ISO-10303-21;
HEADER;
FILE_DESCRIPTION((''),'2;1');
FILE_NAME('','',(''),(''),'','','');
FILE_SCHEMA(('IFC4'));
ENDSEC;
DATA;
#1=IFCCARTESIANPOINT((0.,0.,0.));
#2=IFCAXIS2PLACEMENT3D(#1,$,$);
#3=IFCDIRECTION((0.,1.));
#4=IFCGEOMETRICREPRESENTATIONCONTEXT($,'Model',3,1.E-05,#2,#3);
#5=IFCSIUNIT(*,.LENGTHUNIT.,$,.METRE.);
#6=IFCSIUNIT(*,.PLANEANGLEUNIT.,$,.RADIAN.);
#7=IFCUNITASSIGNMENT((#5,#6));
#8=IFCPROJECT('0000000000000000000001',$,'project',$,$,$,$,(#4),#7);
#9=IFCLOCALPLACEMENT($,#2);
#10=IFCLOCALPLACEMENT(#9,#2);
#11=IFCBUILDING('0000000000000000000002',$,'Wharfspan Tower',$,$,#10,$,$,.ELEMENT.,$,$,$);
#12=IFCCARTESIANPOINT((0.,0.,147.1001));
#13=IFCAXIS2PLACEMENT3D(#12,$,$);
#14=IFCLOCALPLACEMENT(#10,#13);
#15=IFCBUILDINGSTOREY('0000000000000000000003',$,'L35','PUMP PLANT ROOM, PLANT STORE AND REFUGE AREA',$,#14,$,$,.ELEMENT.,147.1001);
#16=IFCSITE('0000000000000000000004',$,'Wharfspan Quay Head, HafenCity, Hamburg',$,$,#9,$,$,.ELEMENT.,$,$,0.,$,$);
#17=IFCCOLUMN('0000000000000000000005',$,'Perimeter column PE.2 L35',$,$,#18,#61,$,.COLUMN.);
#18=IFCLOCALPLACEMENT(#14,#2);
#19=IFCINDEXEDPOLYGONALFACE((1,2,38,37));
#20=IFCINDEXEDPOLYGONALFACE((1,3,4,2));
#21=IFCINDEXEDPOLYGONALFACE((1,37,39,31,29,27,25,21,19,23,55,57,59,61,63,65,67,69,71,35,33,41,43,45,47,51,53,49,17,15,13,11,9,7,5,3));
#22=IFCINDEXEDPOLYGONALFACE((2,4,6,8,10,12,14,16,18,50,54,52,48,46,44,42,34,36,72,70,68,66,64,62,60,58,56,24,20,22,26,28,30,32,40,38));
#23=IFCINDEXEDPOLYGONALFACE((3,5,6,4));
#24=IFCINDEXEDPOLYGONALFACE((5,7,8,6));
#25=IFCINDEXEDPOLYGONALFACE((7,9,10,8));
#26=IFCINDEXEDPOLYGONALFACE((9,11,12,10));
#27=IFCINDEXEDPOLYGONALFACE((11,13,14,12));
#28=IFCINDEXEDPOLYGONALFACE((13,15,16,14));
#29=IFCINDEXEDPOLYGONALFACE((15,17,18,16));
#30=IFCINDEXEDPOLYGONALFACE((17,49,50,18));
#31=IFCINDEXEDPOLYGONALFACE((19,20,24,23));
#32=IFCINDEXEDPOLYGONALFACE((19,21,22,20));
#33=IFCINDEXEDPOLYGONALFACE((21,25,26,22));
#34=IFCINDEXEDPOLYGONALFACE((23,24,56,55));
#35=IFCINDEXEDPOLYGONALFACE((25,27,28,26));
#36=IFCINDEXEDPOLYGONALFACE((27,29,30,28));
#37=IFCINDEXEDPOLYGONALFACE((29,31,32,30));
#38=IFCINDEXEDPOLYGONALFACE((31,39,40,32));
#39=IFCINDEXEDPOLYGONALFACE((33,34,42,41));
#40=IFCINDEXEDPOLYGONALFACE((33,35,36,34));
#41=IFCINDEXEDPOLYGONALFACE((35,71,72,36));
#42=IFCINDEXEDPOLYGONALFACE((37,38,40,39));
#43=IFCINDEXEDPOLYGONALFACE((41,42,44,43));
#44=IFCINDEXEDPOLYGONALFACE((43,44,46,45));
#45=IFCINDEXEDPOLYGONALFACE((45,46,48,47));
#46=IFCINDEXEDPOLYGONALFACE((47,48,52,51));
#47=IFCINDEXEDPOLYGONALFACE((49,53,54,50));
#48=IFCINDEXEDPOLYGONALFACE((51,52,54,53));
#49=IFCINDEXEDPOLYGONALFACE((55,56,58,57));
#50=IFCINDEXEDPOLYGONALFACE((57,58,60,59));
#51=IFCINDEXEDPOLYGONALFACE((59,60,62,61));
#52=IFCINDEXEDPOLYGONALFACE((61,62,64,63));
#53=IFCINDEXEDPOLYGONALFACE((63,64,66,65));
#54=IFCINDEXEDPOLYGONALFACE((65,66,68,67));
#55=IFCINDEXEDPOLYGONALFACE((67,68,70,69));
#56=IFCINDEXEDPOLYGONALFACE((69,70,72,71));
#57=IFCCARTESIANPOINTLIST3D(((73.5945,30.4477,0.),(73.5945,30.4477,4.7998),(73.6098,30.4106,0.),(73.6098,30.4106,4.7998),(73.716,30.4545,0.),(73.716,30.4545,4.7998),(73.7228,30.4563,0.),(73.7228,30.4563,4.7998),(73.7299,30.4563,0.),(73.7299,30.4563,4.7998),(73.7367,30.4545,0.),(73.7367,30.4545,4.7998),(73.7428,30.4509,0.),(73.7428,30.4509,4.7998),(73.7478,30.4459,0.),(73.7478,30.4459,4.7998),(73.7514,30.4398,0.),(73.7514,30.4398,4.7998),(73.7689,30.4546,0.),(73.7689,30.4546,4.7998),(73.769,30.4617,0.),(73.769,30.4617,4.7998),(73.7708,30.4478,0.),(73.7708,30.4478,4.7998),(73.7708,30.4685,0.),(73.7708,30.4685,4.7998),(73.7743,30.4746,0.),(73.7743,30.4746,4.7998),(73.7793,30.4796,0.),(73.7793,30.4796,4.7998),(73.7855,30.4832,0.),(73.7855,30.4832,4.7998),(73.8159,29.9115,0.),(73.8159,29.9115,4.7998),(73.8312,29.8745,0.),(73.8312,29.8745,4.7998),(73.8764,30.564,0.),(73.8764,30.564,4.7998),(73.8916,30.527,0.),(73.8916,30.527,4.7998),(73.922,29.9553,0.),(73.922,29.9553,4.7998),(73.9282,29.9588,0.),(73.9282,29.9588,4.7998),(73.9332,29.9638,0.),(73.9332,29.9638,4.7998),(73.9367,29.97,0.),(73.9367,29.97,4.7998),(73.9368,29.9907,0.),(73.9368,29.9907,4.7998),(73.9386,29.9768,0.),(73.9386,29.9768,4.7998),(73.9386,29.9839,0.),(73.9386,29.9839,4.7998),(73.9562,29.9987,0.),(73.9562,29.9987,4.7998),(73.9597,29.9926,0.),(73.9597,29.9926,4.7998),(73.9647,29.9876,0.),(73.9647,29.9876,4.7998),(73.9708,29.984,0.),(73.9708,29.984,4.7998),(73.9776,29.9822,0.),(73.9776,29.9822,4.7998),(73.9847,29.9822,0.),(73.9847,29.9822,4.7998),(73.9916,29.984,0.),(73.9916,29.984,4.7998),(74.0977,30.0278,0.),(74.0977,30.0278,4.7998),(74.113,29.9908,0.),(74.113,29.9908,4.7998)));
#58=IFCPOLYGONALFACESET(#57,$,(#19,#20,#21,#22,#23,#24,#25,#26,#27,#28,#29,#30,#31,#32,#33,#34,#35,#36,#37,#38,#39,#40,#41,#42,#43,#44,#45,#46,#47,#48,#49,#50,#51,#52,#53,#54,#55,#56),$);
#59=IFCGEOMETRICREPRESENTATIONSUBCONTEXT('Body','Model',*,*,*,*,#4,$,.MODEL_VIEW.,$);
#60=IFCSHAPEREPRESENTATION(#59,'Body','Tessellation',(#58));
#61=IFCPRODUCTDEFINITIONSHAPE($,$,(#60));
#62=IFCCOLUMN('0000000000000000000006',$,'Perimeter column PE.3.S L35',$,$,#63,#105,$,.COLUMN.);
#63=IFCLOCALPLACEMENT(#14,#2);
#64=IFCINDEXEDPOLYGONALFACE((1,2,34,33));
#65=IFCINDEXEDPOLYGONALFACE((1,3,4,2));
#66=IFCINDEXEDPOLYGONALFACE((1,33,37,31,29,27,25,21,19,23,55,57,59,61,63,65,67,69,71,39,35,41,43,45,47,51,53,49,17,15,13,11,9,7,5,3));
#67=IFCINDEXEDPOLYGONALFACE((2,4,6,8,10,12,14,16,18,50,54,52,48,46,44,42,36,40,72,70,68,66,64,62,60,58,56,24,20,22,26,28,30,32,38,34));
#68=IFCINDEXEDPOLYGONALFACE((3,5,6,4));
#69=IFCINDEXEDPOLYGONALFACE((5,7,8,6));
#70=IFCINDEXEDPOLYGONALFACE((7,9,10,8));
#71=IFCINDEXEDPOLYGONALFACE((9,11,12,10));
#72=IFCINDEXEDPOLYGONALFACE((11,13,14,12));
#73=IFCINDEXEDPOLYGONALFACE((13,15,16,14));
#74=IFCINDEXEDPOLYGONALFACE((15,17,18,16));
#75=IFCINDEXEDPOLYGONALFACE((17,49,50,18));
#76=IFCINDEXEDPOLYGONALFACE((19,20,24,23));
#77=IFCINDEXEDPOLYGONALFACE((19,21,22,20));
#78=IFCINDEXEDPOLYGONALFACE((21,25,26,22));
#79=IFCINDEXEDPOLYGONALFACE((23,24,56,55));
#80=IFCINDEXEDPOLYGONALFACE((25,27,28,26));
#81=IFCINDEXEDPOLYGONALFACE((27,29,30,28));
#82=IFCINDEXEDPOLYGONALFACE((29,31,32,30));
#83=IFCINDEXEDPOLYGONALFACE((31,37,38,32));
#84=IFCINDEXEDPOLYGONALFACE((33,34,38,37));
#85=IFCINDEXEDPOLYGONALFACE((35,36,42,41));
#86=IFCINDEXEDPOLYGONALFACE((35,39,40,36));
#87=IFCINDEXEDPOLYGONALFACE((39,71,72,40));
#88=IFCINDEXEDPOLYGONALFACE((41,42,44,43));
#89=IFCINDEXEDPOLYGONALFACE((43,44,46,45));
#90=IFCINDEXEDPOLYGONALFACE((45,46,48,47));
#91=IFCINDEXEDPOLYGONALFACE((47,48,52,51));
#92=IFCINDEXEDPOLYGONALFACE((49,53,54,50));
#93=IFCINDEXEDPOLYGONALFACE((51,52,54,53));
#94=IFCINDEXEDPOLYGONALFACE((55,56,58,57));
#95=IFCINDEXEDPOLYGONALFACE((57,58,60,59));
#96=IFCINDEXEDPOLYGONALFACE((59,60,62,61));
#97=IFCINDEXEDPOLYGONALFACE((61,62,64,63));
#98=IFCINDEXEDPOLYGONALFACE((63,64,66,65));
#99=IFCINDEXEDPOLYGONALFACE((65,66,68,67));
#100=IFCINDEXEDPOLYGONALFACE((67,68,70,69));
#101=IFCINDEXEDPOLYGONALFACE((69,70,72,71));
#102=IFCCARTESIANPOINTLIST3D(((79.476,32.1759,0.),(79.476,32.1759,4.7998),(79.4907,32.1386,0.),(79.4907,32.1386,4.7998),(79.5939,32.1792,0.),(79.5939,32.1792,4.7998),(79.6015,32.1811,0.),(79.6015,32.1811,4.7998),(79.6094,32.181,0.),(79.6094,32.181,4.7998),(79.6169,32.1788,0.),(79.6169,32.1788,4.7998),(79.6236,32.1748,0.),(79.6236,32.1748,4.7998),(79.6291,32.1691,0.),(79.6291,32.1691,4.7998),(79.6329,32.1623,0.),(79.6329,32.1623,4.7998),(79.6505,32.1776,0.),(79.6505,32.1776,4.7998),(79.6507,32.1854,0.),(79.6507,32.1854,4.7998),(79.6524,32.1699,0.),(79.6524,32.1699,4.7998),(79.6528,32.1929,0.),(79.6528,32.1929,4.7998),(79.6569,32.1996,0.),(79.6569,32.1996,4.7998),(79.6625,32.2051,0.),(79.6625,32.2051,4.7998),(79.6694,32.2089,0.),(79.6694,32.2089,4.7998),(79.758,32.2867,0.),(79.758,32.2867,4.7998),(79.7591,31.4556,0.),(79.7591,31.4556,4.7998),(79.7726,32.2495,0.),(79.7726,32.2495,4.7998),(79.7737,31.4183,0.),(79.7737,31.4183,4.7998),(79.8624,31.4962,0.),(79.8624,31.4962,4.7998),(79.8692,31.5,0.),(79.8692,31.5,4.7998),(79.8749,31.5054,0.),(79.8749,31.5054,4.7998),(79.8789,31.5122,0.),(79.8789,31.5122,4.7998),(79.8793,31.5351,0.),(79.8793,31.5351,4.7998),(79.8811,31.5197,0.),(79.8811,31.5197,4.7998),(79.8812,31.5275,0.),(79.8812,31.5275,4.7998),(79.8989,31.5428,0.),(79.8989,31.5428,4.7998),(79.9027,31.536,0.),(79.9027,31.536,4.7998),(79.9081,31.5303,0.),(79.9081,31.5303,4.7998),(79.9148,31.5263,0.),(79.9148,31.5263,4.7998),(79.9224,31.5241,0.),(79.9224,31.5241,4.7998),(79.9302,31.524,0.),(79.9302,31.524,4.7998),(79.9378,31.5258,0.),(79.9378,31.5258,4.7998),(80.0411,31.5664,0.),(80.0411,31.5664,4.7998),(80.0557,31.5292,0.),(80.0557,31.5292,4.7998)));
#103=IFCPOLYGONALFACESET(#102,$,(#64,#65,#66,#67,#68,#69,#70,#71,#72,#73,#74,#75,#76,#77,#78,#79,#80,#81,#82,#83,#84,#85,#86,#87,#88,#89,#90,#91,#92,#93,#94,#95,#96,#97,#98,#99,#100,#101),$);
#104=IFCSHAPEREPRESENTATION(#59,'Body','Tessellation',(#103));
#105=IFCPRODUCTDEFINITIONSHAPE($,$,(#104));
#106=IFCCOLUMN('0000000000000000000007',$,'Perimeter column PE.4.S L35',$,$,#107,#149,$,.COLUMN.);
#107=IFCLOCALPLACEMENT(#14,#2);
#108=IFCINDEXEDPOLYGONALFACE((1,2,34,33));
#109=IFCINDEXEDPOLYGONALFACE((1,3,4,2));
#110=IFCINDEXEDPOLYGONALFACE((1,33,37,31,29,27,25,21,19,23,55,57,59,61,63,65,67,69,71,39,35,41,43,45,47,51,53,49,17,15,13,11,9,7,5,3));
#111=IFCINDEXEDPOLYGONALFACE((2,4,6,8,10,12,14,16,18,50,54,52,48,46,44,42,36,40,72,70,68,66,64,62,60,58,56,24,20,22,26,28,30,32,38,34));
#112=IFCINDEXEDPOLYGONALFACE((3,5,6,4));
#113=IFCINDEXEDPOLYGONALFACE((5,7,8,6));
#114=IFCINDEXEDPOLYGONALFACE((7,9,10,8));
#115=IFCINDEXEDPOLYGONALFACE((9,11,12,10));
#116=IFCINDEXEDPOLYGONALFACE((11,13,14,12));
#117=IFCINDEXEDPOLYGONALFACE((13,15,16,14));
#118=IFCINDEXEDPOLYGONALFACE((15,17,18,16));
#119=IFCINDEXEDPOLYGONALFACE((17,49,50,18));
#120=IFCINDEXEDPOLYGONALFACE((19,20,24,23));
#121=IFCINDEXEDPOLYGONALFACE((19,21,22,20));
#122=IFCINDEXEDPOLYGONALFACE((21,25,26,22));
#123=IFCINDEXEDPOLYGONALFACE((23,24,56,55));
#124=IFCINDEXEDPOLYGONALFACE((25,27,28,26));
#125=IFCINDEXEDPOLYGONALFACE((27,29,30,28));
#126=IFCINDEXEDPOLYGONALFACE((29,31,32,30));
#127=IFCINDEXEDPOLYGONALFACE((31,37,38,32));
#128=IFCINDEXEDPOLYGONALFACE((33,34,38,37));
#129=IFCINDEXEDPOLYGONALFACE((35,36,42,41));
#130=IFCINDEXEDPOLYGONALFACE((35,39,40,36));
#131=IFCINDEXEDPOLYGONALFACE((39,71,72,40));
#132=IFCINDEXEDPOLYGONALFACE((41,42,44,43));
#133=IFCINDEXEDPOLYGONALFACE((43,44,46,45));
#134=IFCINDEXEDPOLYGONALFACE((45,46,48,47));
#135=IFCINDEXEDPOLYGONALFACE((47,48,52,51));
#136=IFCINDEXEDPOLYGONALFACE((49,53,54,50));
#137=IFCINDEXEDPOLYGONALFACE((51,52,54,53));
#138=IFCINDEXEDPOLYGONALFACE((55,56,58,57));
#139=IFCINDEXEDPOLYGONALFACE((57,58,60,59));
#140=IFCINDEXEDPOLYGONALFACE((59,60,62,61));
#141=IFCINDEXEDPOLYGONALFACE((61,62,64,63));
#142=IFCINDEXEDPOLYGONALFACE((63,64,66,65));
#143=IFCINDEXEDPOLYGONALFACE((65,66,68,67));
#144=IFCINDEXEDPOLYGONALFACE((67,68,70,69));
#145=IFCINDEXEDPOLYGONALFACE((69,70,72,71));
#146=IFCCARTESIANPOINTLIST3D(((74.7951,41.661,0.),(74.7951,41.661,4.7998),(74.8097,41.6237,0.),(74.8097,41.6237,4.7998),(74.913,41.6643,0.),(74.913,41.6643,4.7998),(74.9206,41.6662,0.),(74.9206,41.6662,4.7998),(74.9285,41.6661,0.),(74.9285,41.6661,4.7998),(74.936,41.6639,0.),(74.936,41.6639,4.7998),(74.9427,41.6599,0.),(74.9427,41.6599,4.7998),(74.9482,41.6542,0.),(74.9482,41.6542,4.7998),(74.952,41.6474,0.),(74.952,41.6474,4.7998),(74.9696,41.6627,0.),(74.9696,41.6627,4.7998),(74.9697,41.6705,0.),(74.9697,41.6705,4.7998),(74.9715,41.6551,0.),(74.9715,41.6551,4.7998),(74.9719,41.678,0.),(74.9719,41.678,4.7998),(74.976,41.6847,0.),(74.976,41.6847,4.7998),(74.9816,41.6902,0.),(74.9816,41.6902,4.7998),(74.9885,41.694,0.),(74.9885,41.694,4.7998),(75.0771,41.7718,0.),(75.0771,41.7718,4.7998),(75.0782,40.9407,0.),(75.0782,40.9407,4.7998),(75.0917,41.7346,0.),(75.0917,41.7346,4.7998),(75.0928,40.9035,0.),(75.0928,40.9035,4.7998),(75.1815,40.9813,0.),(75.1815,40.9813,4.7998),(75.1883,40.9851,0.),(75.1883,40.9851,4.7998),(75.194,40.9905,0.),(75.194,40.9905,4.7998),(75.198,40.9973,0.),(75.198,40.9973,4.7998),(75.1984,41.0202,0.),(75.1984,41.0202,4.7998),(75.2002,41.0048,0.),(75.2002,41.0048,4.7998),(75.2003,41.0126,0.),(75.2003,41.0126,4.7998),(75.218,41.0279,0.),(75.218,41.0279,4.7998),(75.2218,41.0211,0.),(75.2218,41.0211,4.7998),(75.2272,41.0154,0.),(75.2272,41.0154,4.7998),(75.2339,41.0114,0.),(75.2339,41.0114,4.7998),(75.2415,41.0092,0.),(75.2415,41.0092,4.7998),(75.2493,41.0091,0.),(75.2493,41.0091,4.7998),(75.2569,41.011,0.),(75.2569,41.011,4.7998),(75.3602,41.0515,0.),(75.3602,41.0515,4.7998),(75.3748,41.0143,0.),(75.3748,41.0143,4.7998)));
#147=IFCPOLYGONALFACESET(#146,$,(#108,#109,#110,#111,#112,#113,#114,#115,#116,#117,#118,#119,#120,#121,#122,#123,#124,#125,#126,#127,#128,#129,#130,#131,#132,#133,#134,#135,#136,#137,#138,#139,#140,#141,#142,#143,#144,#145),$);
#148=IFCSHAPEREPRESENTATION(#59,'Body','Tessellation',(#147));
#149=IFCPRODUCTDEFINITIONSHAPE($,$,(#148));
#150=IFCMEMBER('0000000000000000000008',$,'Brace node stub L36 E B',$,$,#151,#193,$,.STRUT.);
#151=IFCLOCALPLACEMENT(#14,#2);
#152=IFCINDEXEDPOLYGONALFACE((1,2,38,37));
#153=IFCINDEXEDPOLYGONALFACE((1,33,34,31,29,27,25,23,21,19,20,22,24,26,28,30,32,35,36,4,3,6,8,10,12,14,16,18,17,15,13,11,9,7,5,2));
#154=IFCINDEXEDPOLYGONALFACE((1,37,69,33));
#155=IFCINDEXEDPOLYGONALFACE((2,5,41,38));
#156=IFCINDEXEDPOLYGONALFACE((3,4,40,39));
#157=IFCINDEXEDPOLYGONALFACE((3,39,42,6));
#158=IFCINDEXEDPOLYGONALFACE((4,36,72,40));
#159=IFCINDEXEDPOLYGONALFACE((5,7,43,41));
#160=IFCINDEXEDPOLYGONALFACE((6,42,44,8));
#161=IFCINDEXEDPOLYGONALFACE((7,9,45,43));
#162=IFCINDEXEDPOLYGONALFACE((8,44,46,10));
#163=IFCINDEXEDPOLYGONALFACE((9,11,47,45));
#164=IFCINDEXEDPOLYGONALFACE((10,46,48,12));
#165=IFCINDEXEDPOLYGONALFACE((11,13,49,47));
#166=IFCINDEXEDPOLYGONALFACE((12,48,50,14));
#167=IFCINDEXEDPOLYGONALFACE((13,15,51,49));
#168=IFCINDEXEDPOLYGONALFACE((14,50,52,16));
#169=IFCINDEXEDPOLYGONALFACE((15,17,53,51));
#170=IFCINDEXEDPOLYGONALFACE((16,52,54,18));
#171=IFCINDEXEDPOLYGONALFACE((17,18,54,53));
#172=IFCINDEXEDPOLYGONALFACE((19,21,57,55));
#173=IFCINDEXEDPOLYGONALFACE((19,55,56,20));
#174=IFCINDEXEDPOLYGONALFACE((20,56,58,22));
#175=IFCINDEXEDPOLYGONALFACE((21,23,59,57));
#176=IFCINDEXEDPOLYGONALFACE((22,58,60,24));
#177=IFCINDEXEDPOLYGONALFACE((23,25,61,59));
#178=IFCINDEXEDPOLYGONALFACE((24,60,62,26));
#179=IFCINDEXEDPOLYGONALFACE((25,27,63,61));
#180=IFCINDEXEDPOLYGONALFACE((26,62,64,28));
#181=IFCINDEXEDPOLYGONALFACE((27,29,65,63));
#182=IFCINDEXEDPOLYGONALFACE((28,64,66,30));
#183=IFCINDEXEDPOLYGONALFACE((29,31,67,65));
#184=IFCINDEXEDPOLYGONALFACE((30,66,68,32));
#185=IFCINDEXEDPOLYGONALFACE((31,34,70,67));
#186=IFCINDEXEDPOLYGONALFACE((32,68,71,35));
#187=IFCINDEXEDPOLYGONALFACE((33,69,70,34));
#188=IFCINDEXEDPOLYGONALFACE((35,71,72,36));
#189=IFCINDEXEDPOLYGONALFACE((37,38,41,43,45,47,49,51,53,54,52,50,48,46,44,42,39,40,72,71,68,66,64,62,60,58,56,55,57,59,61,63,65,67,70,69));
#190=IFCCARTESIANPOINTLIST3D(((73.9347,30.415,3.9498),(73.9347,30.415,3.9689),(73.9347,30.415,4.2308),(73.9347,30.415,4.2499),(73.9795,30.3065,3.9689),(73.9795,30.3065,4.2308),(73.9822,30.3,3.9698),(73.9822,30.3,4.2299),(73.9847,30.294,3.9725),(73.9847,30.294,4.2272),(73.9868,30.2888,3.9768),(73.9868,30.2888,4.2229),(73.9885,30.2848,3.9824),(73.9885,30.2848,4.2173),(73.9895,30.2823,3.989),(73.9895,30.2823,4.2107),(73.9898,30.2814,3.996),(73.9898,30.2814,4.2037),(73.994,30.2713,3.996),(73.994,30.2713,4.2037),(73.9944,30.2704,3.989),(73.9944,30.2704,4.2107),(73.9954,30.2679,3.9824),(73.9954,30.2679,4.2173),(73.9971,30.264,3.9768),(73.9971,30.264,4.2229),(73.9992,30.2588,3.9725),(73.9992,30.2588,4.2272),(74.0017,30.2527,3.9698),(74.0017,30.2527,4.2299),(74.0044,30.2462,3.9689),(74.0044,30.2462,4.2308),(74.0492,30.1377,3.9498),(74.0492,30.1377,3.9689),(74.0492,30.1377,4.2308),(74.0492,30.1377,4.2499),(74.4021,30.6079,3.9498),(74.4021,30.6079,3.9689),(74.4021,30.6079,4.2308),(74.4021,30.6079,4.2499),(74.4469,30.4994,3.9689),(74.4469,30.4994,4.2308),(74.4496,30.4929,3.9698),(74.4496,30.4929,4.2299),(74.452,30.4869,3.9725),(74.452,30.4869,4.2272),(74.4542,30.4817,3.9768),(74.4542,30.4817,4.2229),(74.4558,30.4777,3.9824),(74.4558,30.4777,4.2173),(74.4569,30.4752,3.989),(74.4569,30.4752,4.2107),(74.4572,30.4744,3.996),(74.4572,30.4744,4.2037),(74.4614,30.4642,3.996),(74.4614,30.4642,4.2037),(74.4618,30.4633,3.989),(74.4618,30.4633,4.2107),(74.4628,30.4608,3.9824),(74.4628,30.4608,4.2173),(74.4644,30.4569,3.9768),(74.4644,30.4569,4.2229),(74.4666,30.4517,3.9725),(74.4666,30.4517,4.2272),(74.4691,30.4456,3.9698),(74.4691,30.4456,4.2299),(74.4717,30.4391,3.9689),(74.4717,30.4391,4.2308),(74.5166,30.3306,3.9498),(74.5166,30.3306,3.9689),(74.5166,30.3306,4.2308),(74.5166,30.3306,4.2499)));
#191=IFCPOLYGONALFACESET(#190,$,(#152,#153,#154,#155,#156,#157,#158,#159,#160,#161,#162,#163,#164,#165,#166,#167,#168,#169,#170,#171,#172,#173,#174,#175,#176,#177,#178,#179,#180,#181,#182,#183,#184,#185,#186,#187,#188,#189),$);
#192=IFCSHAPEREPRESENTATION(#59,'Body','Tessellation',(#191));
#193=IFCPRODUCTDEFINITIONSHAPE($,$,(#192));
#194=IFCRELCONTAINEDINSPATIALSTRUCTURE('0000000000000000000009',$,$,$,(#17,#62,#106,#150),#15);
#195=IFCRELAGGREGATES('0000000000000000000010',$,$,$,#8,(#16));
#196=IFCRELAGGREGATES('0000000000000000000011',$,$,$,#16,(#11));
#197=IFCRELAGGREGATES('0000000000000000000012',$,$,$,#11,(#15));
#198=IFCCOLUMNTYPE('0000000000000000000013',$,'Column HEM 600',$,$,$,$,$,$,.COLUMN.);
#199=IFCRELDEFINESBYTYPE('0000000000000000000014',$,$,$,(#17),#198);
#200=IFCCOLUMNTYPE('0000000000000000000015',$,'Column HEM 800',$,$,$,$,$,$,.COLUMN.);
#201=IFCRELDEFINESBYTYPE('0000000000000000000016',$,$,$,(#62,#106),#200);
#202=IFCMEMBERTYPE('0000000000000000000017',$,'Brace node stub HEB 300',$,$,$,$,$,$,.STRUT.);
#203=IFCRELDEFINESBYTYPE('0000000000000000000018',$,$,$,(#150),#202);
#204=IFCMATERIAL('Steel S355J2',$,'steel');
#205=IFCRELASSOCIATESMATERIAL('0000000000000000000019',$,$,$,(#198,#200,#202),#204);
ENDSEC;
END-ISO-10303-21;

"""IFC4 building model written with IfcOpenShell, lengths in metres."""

from ifc_helpers import new_model, si_unit, direction, frame, origin, origin_2d, place, context, subcontext, project, spatial, i_section, extrude, material, material_profile, profile_set, type_object, element, save


model = new_model("IFC4")

# Units and contexts
model_context = context("Model", 3, precision=1e-05, world=origin(), true_north=direction((0.0, 1.0)))
body_context = subcontext(model_context, "Body", "Model", "MODEL_VIEW")
ifc_project = project(units=[si_unit("LENGTHUNIT", "METRE"), si_unit("PLANEANGLEUNIT", "RADIAN")], contexts=[model_context])

# Site, building, storey
site_placement = place(None, origin())
site = spatial("IfcSite", under=ifc_project, at=site_placement, Name="Wharfspan Quay Head, HafenCity, Hamburg", CompositionType="ELEMENT", RefElevation=0.0)
building_placement = place(site_placement, origin())
building = spatial("IfcBuilding", under=site, at=building_placement, Name="Wharfspan Tower", CompositionType="ELEMENT")
storey_placement = place(building_placement, frame((0.0, 0.0, 147.1001)))
storey = spatial("IfcBuildingStorey", under=building, at=storey_placement, Name="L35", Description="PUMP PLANT ROOM, PLANT STORE AND REFUGE AREA", CompositionType="ELEMENT", Elevation=147.1001)

# Columns
ifc_material_1 = material(Name="Steel S355J2", Category="steel")
ifc_material_profile_1 = material_profile(ifc_material_1, i_section(OverallWidth=0.3049, OverallDepth=0.6201, WebThickness=0.021, FlangeThickness=0.04, FilletRadius=0.0271, at=origin_2d()))
ifc_profile_set_1 = profile_set([ifc_material_profile_1], Name="Steel S355J2")
column_type_1 = type_object("IfcColumnType", Name="Column HEM 600", PredefinedType="COLUMN", material=ifc_profile_set_1)
column_placement = place(storey_placement, frame((73.8538, 30.2192, 0.0), z_axis=(0.0, 0.0, 1.0), x_axis=(0.924325, 0.381602, 0.0)))
element("IfcColumn", 1, at=column_placement, inside=storey, type_object=column_type_1, Name="Perimeter column PE.2 L35", PredefinedType="COLUMN", context=body_context, shape_type="SweptSolid", body=[
    extrude(i_section(OverallWidth=0.3049, OverallDepth=0.6201, WebThickness=0.021, FlangeThickness=0.04, FilletRadius=0.0271, at=origin_2d()), origin(), (0.0, 0.0, 1.0), 4.7998),
])
ifc_material_profile_2 = material_profile(ifc_material_1, i_section(OverallWidth=0.303, OverallDepth=0.814, WebThickness=0.021, FlangeThickness=0.04, FilletRadius=0.03, at=origin_2d()))
ifc_profile_set_2 = profile_set([ifc_material_profile_2], Name="Steel S355J2")
column_type_2 = type_object("IfcColumnType", Name="Column HEM 800", PredefinedType="COLUMN", material=ifc_profile_set_2)
for number, where, z_axis, x_axis, name in (
    (2, (79.7659, 31.8525, 0.0), (0.0, 0.0, 1.0), (0.930702, 0.365778, 0.0), "Perimeter column PE.3.S L35"),
    (3, (75.085, 41.3376, 0.0), (0.0, 0.0, 1.0), (0.930702, 0.365778, 0.0), "Perimeter column PE.4.S L35"),
):
    element("IfcColumn", number, at=place(storey_placement, frame(where, z_axis=z_axis, x_axis=x_axis)), inside=storey, type_object=column_type_2, Name=name, PredefinedType="COLUMN", context=body_context, shape_type="SweptSolid", body=[
        extrude(i_section(OverallWidth=0.303, OverallDepth=0.814, WebThickness=0.021, FlangeThickness=0.04, FilletRadius=0.03, at=origin_2d()), origin(), (0.0, 0.0, 1.0), 4.7998),
    ])

# Member
ifc_material_profile_3 = material_profile(ifc_material_1, i_section(OverallWidth=0.3, OverallDepth=0.3, WebThickness=0.011, FlangeThickness=0.019, FilletRadius=0.0271, at=origin_2d()))
ifc_profile_set_3 = profile_set([ifc_material_profile_3], Name="Steel S355J2")
member_type_1 = type_object("IfcMemberType", Name="Brace node stub HEB 300", PredefinedType="STRUT", material=ifc_profile_set_3)
member_1_placement = place(storey_placement, frame((73.9919, 30.2764, 4.0999), z_axis=(0.924358, 0.381527, 0.0), x_axis=(-0.381527, 0.924358, 0.0)))
element("IfcMember", 4, at=member_1_placement, inside=storey, type_object=member_type_1, Name="Brace node stub L36 E B", PredefinedType="STRUT", context=body_context, shape_type="SweptSolid", body=[
    extrude(i_section(OverallWidth=0.3, OverallDepth=0.3, WebThickness=0.011, FlangeThickness=0.019, FilletRadius=0.0271, at=origin_2d()), origin(), (0.0, 0.0, 1.0), 0.5056),
])

save(model, "model.ifc")
